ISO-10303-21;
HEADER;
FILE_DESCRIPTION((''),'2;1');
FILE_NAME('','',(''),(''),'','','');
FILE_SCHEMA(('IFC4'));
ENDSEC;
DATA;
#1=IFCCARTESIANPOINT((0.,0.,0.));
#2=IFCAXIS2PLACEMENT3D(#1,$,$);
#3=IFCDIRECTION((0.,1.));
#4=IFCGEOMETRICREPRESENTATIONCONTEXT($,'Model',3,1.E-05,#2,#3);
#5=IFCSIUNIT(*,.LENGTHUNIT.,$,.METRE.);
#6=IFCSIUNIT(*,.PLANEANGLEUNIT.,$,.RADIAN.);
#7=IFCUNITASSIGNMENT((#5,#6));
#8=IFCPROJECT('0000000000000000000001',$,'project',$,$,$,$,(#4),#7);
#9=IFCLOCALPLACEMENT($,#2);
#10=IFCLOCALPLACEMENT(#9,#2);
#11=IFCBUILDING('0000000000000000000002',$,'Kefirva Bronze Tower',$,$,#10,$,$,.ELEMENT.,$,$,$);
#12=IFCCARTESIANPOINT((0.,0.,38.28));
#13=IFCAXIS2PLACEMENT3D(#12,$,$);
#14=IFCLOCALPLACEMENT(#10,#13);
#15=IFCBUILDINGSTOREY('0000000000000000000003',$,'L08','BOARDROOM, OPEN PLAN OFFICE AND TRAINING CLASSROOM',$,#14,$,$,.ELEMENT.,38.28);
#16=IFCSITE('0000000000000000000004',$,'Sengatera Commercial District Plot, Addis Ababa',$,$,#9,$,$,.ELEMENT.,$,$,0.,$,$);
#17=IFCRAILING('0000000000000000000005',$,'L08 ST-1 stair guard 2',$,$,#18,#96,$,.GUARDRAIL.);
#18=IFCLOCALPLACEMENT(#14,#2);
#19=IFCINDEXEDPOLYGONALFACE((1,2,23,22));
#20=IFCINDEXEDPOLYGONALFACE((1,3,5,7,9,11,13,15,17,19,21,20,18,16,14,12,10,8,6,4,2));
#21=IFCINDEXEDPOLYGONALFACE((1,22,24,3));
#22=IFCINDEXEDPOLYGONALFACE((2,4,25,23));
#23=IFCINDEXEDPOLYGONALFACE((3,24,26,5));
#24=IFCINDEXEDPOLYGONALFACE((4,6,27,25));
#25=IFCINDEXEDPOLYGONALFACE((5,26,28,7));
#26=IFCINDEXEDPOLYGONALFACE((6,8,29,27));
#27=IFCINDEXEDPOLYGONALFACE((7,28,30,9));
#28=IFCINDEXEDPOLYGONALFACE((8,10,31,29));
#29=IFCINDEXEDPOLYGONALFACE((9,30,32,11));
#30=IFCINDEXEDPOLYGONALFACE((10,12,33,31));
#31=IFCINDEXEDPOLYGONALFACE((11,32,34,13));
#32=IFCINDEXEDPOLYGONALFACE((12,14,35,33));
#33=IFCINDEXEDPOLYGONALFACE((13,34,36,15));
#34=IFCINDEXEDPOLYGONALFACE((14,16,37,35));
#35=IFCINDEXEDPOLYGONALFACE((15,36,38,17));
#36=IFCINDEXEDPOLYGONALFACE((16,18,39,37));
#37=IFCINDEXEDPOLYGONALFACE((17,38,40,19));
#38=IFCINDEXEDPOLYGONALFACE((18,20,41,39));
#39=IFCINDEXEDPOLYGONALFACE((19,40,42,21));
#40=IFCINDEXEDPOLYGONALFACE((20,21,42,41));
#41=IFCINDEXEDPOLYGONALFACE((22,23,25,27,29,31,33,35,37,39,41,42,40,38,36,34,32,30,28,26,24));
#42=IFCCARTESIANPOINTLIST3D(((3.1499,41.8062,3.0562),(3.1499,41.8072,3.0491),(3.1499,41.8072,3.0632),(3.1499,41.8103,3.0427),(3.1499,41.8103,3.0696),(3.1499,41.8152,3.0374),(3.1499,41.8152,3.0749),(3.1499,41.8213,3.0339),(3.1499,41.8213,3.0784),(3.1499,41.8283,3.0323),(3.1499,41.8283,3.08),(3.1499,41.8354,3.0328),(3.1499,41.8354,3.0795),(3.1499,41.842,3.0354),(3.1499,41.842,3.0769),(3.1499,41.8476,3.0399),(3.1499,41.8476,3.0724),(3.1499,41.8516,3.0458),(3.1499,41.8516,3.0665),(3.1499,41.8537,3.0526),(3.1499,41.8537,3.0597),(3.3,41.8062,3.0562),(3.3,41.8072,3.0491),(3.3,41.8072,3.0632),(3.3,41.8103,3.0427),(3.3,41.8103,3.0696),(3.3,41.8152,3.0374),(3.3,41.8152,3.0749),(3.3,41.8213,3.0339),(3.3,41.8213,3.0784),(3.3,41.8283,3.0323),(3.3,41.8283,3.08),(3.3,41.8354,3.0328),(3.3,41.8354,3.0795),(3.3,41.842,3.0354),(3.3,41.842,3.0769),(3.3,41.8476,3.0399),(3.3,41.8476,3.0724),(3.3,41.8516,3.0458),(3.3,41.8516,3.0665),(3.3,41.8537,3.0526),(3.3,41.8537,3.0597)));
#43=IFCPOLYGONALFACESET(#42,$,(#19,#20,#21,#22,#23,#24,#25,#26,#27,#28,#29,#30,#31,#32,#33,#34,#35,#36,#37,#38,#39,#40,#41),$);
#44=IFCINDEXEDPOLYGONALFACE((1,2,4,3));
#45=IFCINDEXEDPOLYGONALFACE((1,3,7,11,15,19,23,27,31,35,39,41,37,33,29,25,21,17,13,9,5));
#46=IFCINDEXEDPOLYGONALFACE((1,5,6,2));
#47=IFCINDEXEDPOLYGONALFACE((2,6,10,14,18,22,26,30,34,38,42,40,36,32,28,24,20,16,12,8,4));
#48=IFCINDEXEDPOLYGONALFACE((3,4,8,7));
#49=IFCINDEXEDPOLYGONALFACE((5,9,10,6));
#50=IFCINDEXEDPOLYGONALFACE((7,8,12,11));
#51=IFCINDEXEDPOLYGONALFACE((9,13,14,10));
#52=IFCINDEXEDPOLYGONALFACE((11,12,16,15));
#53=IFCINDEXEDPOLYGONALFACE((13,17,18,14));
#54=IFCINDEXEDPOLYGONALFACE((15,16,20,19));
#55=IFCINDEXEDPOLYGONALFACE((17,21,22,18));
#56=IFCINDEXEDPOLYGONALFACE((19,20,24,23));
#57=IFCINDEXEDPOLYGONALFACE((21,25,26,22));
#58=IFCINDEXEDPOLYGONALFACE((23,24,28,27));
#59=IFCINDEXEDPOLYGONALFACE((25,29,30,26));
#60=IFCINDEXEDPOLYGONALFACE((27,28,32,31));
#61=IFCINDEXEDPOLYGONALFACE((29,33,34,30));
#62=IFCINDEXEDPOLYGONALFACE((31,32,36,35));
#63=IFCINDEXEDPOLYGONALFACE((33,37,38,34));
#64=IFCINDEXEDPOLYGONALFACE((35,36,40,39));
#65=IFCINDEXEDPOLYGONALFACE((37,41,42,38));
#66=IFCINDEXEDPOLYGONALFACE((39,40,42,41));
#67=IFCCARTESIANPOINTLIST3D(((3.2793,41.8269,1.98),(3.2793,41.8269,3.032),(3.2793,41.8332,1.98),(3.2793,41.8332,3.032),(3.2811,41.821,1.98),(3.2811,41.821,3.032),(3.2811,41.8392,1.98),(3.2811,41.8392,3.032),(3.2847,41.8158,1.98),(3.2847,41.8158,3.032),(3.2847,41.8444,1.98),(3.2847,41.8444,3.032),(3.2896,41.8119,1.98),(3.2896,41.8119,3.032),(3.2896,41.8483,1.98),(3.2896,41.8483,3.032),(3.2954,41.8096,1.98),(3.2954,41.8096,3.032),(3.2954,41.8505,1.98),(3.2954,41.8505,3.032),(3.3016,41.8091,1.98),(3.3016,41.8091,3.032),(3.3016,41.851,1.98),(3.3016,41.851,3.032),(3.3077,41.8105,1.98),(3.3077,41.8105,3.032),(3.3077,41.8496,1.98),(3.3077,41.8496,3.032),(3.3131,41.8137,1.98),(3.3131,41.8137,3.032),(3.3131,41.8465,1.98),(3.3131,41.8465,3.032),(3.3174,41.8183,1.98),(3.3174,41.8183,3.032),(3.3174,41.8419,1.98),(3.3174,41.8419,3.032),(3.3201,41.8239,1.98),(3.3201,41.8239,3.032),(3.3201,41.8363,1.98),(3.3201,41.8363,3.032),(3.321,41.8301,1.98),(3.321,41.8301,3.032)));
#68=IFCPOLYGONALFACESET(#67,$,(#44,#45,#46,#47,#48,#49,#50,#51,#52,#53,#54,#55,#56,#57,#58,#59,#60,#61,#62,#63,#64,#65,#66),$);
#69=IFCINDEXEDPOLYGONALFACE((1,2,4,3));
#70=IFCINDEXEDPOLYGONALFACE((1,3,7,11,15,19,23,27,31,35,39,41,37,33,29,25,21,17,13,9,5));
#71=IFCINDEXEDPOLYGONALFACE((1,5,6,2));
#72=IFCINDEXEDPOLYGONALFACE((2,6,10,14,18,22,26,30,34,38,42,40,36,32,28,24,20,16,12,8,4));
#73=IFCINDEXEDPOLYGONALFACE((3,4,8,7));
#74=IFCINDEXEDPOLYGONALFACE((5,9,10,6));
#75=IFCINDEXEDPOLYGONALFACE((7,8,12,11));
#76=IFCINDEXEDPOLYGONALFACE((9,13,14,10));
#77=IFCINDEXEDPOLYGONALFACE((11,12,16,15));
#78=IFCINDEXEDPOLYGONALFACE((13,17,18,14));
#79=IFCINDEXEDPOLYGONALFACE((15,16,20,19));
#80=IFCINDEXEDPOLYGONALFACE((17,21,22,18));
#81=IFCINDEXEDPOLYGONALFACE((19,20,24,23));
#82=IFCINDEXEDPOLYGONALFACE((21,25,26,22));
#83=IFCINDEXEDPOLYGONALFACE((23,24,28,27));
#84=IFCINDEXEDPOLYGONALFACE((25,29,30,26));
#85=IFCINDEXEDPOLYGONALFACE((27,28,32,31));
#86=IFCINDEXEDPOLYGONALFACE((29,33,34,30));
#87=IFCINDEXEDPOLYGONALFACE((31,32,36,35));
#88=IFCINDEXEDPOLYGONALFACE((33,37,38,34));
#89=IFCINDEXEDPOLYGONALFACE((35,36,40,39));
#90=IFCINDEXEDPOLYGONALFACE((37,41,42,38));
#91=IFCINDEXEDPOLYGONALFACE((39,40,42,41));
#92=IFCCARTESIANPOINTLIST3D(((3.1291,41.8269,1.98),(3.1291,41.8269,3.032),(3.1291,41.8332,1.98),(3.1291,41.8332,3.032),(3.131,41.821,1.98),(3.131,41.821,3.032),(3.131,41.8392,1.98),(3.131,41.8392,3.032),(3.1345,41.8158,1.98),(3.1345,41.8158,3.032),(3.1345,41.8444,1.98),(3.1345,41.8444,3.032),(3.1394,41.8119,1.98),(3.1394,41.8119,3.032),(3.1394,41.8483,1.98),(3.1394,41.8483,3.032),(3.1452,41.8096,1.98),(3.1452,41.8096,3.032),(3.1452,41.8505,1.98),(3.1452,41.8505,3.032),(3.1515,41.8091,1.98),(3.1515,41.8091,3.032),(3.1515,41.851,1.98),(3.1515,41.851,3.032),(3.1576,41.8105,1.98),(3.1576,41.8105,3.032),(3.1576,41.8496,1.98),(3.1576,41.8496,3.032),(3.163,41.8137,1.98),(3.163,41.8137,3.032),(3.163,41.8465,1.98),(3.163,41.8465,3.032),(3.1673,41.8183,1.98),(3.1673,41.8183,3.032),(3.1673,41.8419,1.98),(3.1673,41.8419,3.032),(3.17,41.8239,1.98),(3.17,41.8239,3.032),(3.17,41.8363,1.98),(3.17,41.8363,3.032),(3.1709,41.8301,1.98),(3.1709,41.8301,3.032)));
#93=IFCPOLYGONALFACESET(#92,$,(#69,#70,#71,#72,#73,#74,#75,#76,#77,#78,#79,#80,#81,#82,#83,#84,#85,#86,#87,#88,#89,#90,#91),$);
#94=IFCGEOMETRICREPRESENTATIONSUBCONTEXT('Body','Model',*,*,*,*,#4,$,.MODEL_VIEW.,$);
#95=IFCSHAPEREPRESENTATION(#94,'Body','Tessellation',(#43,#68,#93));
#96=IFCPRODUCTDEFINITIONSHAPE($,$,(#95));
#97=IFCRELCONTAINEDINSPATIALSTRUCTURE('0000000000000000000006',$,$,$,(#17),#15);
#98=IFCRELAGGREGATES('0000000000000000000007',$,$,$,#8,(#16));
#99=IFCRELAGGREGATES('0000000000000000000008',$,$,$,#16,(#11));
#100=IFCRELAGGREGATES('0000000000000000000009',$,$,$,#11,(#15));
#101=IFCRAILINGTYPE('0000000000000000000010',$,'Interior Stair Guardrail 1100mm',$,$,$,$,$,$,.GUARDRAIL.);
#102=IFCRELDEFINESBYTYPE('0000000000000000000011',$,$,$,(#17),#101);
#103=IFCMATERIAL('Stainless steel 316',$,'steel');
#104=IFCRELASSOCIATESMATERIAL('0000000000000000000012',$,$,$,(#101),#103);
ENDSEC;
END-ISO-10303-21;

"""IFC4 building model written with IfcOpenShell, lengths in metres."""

from ifc_helpers import new_model, si_unit, direction, frame, origin, origin_2d, place, context, subcontext, project, spatial, circle, extrude, material, type_object, element, save


model = new_model("IFC4")

# Units and contexts
model_context = context("Model", 3, precision=1e-05, world=origin(), true_north=direction((0.0, 1.0)))
body_context = subcontext(model_context, "Body", "Model", "MODEL_VIEW")
ifc_project = project(units=[si_unit("LENGTHUNIT", "METRE"), si_unit("PLANEANGLEUNIT", "RADIAN")], contexts=[model_context])

# Site, building, storey
site_placement = place(None, origin())
site = spatial("IfcSite", under=ifc_project, at=site_placement, Name="Sengatera Commercial District Plot, Addis Ababa", CompositionType="ELEMENT", RefElevation=0.0)
building_placement = place(site_placement, origin())
building = spatial("IfcBuilding", under=site, at=building_placement, Name="Kefirva Bronze Tower", CompositionType="ELEMENT")
storey_placement = place(building_placement, frame((0.0, 0.0, 38.28)))
storey = spatial("IfcBuildingStorey", under=building, at=storey_placement, Name="L08", Description="BOARDROOM, OPEN PLAN OFFICE AND TRAINING CLASSROOM", CompositionType="ELEMENT", Elevation=38.28)

# Railing
ifc_material_1 = material(Name="Stainless steel 316", Category="steel")
railing_type_1 = type_object("IfcRailingType", Name="Interior Stair Guardrail 1100mm", PredefinedType="GUARDRAIL", material=ifc_material_1)
railing_1_placement = place(storey_placement, frame((3.3, 41.8301, 1.98)))
element("IfcRailing", 1, at=railing_1_placement, inside=storey, type_object=railing_type_1, Name="L08 ST-1 stair guard 2", PredefinedType="GUARDRAIL", context=body_context, shape_type="SweptSolid", body=[
    extrude(circle(Radius=0.0239, at=origin_2d()), frame((0.0, 0.0, 1.0762), z_axis=(-1.0, 0.0, 0.0), x_axis=(0.0, -1.0, 0.0)), (0.0, 0.0, 1.0), 0.1501),
    extrude(circle(Radius=0.021, at=origin_2d()), origin(), (0.0, 0.0, 1.0), 1.052),
    extrude(circle(Radius=0.021, at=origin_2d()), frame((-0.1501, 0.0, 0.0)), (0.0, 0.0, 1.0), 1.052),
])

save(model, "model.ifc")
